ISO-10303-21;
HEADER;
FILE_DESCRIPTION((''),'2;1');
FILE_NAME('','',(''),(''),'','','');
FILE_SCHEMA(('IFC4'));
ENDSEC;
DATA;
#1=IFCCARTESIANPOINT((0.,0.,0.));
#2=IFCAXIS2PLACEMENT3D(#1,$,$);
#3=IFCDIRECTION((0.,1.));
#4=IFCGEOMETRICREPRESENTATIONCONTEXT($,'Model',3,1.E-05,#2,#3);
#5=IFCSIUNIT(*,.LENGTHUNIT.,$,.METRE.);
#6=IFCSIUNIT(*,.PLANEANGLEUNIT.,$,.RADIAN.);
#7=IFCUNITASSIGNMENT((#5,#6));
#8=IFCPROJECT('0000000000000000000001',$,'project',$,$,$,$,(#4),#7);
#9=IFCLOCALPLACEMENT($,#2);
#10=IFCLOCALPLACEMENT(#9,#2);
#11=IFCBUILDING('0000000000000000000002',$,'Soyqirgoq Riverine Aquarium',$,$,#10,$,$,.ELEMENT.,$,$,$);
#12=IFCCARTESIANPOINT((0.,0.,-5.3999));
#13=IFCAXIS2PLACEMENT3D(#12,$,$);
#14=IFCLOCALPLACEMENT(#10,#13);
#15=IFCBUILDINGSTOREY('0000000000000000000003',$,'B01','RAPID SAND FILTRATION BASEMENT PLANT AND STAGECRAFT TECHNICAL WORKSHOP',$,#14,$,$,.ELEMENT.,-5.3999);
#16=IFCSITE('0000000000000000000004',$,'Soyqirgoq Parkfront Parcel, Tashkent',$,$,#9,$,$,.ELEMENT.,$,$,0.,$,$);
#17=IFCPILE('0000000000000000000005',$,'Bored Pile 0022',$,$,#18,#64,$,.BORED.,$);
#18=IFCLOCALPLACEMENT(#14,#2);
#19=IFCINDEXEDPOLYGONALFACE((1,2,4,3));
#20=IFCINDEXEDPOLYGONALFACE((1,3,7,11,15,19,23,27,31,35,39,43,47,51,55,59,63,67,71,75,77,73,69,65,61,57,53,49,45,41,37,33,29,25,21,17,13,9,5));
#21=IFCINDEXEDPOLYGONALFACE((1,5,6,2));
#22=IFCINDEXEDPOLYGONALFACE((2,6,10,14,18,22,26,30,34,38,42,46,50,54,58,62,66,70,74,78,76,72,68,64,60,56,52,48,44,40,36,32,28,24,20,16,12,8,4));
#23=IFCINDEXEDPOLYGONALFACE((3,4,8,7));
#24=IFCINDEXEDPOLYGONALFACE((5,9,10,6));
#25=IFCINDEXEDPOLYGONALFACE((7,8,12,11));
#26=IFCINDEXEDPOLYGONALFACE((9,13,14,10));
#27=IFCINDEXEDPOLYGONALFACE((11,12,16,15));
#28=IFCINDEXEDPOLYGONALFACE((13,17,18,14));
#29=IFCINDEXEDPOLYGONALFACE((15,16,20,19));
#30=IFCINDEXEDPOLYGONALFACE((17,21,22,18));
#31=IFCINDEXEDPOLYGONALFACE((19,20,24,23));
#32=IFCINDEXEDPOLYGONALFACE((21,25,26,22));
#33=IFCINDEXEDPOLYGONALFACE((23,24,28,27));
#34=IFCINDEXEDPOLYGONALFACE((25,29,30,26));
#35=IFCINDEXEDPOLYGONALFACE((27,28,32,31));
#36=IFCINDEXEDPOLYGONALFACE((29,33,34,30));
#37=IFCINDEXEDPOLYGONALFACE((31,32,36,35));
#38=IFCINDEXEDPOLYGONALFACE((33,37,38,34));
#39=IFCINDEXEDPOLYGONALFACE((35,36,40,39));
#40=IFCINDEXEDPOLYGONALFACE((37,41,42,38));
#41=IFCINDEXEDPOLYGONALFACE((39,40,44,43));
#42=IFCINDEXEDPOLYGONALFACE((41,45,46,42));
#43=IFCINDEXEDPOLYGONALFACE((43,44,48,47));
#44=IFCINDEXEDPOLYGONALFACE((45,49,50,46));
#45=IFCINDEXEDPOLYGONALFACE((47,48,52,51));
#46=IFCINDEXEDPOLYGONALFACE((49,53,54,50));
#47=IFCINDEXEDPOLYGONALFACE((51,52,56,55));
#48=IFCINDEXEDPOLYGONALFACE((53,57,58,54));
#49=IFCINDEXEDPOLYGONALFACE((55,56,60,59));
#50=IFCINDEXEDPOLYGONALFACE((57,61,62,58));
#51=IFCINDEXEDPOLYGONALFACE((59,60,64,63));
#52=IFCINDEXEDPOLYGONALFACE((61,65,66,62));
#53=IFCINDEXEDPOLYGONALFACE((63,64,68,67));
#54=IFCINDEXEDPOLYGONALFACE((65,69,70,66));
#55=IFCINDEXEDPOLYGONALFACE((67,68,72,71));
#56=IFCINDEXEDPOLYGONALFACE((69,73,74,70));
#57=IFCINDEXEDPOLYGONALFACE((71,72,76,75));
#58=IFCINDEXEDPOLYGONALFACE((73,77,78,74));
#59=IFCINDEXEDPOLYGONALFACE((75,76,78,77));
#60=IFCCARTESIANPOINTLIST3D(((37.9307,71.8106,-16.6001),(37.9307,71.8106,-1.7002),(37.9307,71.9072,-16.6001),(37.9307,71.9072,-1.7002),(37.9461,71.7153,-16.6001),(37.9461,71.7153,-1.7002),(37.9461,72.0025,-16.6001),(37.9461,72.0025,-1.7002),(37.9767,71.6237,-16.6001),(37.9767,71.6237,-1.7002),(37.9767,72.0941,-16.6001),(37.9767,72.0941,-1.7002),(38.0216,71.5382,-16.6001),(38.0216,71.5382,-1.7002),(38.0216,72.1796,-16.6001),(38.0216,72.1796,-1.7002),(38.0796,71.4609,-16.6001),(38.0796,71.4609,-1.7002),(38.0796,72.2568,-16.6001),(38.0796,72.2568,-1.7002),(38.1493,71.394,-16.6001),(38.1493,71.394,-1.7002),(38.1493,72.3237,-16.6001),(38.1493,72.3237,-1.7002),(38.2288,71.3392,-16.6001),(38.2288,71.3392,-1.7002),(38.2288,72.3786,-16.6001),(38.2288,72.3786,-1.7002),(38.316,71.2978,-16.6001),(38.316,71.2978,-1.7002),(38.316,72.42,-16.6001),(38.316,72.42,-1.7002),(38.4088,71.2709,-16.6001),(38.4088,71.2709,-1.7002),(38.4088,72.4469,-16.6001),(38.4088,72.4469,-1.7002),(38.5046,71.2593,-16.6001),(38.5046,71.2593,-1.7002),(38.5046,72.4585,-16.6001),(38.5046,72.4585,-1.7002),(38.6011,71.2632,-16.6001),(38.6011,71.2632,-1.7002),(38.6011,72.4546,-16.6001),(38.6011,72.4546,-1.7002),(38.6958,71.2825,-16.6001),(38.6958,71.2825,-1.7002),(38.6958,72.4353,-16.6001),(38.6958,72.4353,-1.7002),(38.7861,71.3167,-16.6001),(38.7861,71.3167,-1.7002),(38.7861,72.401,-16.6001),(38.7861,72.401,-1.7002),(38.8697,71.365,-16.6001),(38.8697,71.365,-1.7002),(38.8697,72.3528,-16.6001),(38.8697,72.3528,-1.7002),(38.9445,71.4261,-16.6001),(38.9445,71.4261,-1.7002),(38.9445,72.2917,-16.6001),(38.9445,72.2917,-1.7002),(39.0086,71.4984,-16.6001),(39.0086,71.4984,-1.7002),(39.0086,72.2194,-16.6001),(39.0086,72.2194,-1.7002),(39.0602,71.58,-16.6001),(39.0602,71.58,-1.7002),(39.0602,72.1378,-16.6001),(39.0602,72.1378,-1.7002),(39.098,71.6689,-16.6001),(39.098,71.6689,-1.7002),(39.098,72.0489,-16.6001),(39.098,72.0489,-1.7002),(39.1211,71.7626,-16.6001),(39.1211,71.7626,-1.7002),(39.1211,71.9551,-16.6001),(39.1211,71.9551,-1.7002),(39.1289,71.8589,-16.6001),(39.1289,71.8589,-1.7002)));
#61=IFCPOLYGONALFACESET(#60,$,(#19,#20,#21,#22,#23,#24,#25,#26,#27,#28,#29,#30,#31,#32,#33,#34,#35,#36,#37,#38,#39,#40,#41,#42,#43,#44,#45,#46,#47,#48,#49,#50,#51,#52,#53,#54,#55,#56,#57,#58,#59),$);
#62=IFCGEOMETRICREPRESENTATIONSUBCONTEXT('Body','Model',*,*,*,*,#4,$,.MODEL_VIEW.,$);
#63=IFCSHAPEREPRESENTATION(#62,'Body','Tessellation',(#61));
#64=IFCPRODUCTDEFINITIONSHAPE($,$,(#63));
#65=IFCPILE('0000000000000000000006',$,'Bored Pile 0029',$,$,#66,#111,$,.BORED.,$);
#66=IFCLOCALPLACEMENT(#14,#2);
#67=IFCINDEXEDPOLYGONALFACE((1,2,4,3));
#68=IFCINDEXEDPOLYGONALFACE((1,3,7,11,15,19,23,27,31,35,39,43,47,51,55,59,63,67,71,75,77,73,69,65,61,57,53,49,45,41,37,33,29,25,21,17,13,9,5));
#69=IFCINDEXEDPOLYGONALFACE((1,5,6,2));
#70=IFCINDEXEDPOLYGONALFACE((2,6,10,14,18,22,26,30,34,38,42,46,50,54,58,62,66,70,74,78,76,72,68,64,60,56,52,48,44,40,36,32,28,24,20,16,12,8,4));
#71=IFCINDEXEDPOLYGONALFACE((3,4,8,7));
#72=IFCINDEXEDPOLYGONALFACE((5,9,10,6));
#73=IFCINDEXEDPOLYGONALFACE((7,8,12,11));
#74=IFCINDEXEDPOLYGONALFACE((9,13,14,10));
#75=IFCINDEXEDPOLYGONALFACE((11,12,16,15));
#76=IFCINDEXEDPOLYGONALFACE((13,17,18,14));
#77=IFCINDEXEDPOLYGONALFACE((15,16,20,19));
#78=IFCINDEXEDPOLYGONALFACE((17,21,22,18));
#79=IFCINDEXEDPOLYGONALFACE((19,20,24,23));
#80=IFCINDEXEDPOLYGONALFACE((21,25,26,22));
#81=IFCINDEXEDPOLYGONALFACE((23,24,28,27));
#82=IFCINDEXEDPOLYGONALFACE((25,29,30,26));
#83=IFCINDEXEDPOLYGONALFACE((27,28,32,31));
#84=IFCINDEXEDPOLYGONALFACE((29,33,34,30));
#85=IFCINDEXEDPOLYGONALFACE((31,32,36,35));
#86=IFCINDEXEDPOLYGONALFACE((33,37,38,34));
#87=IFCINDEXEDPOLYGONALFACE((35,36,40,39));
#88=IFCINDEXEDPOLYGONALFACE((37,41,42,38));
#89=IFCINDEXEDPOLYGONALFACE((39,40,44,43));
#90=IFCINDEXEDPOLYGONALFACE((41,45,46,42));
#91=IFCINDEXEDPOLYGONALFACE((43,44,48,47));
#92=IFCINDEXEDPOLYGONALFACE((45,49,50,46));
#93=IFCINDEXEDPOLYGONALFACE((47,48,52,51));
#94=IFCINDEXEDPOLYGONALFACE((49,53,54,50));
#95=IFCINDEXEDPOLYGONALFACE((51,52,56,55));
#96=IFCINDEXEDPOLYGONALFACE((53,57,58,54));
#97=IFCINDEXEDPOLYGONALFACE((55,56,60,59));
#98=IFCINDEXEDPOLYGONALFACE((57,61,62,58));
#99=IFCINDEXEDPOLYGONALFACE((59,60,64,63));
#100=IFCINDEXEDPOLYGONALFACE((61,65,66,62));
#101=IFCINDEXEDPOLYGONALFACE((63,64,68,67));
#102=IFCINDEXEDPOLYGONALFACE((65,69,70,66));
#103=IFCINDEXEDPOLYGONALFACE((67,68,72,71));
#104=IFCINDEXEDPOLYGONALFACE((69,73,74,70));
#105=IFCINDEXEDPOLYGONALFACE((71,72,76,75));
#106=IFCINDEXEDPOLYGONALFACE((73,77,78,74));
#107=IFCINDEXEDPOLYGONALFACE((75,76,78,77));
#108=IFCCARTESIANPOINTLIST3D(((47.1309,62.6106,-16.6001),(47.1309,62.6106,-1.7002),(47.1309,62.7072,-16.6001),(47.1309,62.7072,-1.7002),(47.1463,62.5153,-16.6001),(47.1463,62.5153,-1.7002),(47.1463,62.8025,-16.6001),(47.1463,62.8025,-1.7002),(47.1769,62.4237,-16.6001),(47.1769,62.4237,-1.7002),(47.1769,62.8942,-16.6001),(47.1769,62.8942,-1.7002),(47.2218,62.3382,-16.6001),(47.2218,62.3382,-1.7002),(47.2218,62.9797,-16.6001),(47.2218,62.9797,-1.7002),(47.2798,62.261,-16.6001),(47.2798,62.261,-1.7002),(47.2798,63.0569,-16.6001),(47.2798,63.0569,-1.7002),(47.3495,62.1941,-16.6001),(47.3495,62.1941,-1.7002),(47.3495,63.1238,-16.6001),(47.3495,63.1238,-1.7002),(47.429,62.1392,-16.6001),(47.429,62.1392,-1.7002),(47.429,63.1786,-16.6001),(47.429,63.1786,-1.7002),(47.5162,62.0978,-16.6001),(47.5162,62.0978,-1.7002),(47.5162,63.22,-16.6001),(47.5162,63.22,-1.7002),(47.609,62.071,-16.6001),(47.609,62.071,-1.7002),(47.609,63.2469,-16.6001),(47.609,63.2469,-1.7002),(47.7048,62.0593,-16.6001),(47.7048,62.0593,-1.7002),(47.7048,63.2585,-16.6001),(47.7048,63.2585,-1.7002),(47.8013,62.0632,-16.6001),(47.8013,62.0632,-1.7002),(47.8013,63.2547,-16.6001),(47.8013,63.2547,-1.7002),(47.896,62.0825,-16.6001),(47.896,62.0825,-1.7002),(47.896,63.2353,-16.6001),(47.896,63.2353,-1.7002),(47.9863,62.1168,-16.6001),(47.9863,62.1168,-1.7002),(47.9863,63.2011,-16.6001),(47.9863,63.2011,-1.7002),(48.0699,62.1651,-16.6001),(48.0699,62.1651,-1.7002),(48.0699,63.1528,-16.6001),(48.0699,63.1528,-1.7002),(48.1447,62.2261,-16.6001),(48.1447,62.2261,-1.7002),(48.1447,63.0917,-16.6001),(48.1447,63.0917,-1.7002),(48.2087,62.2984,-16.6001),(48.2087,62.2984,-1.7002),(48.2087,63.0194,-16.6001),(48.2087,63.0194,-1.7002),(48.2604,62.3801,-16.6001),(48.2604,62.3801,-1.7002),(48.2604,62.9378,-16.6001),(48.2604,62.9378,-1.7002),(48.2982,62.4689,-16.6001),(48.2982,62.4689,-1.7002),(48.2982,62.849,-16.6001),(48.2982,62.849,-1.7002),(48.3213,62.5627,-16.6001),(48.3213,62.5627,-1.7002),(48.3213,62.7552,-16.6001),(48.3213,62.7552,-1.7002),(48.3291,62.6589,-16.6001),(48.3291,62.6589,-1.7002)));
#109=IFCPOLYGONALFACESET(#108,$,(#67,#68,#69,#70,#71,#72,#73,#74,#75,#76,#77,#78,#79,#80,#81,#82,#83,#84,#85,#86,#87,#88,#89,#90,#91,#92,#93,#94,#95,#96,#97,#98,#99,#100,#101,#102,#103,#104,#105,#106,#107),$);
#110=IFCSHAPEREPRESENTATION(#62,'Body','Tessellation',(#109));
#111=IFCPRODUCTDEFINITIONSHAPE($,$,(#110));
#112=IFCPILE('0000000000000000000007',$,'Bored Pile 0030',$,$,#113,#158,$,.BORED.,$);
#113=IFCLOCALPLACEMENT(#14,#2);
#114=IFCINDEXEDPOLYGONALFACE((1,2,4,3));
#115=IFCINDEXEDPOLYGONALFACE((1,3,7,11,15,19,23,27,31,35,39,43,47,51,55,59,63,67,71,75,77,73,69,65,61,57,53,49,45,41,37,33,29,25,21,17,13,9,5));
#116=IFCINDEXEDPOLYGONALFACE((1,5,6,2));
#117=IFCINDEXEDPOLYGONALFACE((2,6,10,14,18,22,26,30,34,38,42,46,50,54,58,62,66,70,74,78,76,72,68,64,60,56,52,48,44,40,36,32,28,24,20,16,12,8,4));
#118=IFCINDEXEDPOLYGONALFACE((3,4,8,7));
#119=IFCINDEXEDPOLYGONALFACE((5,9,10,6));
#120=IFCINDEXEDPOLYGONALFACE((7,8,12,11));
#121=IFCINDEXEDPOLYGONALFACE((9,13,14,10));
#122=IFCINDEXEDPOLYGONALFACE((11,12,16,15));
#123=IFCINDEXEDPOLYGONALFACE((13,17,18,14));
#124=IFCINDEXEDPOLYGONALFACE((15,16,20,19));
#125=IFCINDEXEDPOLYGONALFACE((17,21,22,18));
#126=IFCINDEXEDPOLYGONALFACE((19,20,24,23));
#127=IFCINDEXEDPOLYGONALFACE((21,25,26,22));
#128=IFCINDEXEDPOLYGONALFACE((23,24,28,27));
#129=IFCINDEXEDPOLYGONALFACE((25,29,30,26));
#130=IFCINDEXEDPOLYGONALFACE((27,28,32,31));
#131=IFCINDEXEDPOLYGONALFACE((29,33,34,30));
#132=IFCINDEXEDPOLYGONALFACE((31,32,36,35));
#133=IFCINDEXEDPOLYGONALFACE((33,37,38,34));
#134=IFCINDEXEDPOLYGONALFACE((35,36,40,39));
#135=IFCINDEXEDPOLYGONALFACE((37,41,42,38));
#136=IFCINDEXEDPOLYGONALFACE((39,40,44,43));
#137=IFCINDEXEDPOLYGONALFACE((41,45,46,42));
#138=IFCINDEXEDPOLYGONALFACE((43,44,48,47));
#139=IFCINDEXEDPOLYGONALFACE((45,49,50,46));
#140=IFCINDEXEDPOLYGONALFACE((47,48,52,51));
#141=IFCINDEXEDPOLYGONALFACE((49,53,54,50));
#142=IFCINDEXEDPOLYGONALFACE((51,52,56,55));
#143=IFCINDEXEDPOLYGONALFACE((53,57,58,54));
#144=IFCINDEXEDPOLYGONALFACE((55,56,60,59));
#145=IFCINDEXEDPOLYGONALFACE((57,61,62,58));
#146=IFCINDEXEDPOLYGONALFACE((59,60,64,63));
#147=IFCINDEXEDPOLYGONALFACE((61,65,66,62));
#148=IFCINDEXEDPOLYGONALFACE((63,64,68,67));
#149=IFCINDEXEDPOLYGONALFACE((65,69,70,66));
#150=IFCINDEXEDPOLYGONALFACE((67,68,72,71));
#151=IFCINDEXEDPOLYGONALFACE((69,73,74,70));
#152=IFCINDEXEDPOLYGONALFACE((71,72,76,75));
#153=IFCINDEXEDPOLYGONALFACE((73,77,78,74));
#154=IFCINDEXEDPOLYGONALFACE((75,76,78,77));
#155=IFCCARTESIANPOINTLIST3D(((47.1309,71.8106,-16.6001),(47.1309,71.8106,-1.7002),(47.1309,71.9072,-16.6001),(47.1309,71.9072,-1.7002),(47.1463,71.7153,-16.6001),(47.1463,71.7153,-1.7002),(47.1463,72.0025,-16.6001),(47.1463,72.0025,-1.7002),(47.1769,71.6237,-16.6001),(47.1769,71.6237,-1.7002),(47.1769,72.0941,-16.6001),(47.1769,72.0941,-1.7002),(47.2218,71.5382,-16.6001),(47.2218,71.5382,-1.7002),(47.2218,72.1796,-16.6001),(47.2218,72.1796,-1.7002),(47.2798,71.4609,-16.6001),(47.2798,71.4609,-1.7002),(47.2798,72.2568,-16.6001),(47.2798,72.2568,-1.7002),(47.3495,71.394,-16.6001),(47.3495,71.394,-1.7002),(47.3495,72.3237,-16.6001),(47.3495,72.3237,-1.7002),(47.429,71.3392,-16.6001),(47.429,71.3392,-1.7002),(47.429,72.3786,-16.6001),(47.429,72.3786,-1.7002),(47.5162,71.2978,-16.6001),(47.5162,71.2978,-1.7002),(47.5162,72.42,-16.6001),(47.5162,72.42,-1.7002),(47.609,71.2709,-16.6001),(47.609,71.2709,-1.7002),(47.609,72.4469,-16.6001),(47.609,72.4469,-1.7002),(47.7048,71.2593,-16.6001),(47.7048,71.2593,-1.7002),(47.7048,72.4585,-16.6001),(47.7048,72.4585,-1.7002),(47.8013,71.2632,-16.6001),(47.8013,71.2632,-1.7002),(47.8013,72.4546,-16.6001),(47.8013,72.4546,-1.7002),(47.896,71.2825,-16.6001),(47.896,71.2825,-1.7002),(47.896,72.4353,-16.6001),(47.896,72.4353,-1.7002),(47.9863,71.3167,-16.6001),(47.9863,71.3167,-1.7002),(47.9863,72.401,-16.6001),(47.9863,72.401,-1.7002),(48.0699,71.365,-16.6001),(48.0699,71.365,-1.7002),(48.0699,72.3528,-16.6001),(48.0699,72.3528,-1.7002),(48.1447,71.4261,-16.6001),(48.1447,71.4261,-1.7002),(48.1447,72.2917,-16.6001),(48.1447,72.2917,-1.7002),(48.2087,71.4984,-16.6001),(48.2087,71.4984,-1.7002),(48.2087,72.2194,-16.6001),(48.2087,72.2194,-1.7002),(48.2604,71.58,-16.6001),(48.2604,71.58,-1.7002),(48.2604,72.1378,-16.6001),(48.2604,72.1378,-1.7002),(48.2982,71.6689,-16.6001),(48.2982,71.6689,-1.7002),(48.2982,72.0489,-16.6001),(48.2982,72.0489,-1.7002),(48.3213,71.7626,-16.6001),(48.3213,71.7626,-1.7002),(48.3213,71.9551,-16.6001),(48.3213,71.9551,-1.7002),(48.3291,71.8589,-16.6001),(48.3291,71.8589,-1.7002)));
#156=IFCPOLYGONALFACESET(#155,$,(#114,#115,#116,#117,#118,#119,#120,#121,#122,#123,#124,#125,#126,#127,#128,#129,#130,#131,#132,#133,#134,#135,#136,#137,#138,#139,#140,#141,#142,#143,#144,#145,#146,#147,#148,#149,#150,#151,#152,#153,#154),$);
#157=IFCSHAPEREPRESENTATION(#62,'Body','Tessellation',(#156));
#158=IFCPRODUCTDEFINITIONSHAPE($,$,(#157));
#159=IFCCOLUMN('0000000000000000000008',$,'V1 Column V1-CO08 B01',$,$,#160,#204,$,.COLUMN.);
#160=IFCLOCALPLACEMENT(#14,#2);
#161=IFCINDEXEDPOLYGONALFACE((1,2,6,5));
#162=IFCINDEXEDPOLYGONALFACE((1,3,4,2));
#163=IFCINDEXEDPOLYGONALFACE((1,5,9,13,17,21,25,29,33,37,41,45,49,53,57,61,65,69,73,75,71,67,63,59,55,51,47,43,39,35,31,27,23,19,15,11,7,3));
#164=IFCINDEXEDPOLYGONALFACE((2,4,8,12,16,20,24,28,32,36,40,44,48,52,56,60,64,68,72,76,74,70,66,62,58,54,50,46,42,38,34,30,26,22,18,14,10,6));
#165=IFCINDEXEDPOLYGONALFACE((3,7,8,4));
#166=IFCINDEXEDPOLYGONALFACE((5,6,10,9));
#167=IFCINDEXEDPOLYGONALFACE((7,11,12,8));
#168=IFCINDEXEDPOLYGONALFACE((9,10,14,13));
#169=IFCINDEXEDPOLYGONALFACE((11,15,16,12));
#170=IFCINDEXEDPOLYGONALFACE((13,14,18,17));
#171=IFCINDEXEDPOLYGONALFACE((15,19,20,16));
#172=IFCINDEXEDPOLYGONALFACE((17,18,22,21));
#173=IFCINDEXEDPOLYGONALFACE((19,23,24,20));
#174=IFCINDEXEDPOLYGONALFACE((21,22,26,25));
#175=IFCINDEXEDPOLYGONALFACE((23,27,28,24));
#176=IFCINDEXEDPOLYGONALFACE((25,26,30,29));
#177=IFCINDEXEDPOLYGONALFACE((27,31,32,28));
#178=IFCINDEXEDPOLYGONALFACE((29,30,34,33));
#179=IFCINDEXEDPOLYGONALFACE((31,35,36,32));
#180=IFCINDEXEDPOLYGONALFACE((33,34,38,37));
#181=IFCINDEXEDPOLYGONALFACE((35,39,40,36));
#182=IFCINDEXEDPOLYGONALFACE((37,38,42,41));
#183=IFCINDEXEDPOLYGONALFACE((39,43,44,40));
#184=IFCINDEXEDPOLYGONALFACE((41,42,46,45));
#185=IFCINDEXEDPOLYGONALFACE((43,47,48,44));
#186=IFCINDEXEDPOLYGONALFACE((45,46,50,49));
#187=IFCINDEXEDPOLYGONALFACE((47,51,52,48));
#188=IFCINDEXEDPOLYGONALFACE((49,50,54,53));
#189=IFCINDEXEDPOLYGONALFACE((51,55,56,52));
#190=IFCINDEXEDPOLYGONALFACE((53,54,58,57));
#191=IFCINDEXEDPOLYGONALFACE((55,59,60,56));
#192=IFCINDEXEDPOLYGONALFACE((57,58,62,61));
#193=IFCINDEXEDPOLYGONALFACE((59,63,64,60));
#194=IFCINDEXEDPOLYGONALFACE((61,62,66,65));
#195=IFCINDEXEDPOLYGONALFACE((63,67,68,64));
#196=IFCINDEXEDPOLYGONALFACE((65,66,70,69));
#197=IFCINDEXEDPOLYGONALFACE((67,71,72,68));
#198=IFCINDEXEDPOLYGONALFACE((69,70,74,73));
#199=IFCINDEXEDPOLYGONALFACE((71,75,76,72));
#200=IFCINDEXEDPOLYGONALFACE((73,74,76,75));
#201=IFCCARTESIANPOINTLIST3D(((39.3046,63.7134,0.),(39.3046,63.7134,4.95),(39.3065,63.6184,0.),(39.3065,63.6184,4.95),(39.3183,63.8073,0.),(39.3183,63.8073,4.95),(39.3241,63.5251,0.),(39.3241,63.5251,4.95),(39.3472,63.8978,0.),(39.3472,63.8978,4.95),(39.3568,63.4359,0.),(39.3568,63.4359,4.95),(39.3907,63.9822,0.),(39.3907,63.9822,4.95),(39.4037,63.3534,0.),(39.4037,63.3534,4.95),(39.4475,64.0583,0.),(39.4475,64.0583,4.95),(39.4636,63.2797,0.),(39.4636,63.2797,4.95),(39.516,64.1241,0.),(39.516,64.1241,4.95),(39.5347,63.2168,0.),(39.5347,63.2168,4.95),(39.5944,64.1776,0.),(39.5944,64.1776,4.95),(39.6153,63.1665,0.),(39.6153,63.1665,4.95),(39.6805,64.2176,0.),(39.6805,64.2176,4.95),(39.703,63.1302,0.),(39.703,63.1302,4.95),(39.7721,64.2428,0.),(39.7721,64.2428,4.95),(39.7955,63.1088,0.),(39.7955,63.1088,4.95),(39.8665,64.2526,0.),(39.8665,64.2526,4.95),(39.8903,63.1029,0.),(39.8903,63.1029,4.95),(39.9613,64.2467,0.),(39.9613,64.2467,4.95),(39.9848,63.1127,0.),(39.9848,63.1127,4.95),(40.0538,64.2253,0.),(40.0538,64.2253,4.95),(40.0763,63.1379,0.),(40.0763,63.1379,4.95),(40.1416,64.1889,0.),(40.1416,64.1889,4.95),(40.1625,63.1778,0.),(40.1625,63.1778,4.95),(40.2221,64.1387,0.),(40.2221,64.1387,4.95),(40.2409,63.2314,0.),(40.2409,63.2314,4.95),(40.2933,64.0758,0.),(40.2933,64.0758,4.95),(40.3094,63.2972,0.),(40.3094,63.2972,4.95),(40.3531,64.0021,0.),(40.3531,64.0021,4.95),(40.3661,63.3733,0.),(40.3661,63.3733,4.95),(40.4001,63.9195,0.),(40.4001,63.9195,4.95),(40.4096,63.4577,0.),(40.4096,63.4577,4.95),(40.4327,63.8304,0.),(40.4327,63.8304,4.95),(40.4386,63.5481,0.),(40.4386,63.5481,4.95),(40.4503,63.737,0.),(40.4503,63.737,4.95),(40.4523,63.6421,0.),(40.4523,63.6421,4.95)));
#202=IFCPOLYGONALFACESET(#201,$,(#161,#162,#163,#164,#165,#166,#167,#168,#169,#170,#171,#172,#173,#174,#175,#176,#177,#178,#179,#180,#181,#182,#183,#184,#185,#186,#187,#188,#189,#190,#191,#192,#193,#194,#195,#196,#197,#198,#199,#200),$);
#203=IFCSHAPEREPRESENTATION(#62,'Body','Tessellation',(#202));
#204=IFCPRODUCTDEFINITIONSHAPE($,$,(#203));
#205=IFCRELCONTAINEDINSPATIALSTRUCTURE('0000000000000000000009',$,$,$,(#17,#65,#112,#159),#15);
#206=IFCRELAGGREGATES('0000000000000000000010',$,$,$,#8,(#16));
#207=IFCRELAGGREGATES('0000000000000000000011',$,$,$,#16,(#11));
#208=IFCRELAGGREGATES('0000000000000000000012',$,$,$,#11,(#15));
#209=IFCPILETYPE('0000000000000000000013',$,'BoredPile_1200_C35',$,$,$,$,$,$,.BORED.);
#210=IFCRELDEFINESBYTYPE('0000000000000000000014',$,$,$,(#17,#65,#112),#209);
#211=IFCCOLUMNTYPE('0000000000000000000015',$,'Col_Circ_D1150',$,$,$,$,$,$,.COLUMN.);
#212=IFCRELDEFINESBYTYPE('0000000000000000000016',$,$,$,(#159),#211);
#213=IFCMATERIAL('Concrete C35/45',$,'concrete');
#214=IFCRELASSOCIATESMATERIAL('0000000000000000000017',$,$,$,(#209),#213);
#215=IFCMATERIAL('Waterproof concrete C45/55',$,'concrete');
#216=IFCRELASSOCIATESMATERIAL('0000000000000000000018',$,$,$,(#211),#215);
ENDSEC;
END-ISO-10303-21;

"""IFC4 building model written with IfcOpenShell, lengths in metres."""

from ifc_helpers import new_model, si_unit, direction, frame, origin, origin_2d, place, context, subcontext, project, spatial, circle, extrude, material, material_profile, profile_set, type_object, element, save


model = new_model("IFC4")

# Units and contexts
model_context = context("Model", 3, precision=1e-05, world=origin(), true_north=direction((0.0, 1.0)))
body_context = subcontext(model_context, "Body", "Model", "MODEL_VIEW")
ifc_project = project(units=[si_unit("LENGTHUNIT", "METRE"), si_unit("PLANEANGLEUNIT", "RADIAN")], contexts=[model_context])

# Site, building, storey
site_placement = place(None, origin())
site = spatial("IfcSite", under=ifc_project, at=site_placement, Name="Soyqirgoq Parkfront Parcel, Tashkent", CompositionType="ELEMENT", RefElevation=0.0)
building_placement = place(site_placement, origin())
building = spatial("IfcBuilding", under=site, at=building_placement, Name="Soyqirgoq Riverine Aquarium", CompositionType="ELEMENT")
storey_placement = place(building_placement, frame((0.0, 0.0, -5.3999)))
storey = spatial("IfcBuildingStorey", under=building, at=storey_placement, Name="B01", Description="RAPID SAND FILTRATION BASEMENT PLANT AND STAGECRAFT TECHNICAL WORKSHOP", CompositionType="ELEMENT", Elevation=-5.3999)

# Piles
ifc_material_1 = material(Name="Concrete C35/45", Category="concrete")
ifc_material_profile_1 = material_profile(ifc_material_1, circle(Radius=0.6001, at=origin_2d()), Name="BP D1200")
ifc_profile_set_1 = profile_set([ifc_material_profile_1], Name="Concrete C35/45")
pile_type = type_object("IfcPileType", Name="BoredPile_1200_C35", PredefinedType="BORED", material=ifc_profile_set_1)
for number, where, z_axis, x_axis, name in (
    (1, (38.5288, 71.8589, -1.7002), (0.0, 0.0, -1.0), (1.0, 0.0, 0.0), "Bored Pile 0022"),
    (2, (47.729, 62.6589, -1.7002), (0.0, 0.0, -1.0), (1.0, 0.0, 0.0), "Bored Pile 0029"),
    (3, (47.729, 71.8589, -1.7002), (0.0, 0.0, -1.0), (1.0, 0.0, 0.0), "Bored Pile 0030"),
):
    element("IfcPile", number, at=place(storey_placement, frame(where, z_axis=z_axis, x_axis=x_axis)), inside=storey, type_object=pile_type, Name=name, PredefinedType="BORED", context=body_context, shape_type="SweptSolid", body=[
        extrude(circle(Radius=0.6001, at=origin_2d()), origin(), (0.0, 0.0, 1.0), 14.8999),
    ])

# Column
ifc_material_2 = material(Name="Waterproof concrete C45/55", Category="concrete")
ifc_material_profile_2 = material_profile(ifc_material_2, circle(Radius=0.575, at=origin_2d()), Name="RC-COL D1150")
ifc_profile_set_2 = profile_set([ifc_material_profile_2], Name="Waterproof concrete C45/55")
column_type_1 = type_object("IfcColumnType", Name="Col_Circ_D1150", PredefinedType="COLUMN", material=ifc_profile_set_2)
for number, where, z_axis, x_axis, name in (
    (4, (39.8784, 63.6777, 0.0), (0.0, 0.0, 1.0), (-0.92388, 0.382683, 0.0), "V1 Column V1-CO08 B01"),
):
    element("IfcColumn", number, at=place(storey_placement, frame(where, z_axis=z_axis, x_axis=x_axis)), inside=storey, type_object=column_type_1, Name=name, PredefinedType="COLUMN", context=body_context, shape_type="SweptSolid", body=[
        extrude(circle(Radius=0.575, at=origin_2d()), origin(), (0.0, 0.0, 1.0), 4.95),
    ])

save(model, "model.ifc")
